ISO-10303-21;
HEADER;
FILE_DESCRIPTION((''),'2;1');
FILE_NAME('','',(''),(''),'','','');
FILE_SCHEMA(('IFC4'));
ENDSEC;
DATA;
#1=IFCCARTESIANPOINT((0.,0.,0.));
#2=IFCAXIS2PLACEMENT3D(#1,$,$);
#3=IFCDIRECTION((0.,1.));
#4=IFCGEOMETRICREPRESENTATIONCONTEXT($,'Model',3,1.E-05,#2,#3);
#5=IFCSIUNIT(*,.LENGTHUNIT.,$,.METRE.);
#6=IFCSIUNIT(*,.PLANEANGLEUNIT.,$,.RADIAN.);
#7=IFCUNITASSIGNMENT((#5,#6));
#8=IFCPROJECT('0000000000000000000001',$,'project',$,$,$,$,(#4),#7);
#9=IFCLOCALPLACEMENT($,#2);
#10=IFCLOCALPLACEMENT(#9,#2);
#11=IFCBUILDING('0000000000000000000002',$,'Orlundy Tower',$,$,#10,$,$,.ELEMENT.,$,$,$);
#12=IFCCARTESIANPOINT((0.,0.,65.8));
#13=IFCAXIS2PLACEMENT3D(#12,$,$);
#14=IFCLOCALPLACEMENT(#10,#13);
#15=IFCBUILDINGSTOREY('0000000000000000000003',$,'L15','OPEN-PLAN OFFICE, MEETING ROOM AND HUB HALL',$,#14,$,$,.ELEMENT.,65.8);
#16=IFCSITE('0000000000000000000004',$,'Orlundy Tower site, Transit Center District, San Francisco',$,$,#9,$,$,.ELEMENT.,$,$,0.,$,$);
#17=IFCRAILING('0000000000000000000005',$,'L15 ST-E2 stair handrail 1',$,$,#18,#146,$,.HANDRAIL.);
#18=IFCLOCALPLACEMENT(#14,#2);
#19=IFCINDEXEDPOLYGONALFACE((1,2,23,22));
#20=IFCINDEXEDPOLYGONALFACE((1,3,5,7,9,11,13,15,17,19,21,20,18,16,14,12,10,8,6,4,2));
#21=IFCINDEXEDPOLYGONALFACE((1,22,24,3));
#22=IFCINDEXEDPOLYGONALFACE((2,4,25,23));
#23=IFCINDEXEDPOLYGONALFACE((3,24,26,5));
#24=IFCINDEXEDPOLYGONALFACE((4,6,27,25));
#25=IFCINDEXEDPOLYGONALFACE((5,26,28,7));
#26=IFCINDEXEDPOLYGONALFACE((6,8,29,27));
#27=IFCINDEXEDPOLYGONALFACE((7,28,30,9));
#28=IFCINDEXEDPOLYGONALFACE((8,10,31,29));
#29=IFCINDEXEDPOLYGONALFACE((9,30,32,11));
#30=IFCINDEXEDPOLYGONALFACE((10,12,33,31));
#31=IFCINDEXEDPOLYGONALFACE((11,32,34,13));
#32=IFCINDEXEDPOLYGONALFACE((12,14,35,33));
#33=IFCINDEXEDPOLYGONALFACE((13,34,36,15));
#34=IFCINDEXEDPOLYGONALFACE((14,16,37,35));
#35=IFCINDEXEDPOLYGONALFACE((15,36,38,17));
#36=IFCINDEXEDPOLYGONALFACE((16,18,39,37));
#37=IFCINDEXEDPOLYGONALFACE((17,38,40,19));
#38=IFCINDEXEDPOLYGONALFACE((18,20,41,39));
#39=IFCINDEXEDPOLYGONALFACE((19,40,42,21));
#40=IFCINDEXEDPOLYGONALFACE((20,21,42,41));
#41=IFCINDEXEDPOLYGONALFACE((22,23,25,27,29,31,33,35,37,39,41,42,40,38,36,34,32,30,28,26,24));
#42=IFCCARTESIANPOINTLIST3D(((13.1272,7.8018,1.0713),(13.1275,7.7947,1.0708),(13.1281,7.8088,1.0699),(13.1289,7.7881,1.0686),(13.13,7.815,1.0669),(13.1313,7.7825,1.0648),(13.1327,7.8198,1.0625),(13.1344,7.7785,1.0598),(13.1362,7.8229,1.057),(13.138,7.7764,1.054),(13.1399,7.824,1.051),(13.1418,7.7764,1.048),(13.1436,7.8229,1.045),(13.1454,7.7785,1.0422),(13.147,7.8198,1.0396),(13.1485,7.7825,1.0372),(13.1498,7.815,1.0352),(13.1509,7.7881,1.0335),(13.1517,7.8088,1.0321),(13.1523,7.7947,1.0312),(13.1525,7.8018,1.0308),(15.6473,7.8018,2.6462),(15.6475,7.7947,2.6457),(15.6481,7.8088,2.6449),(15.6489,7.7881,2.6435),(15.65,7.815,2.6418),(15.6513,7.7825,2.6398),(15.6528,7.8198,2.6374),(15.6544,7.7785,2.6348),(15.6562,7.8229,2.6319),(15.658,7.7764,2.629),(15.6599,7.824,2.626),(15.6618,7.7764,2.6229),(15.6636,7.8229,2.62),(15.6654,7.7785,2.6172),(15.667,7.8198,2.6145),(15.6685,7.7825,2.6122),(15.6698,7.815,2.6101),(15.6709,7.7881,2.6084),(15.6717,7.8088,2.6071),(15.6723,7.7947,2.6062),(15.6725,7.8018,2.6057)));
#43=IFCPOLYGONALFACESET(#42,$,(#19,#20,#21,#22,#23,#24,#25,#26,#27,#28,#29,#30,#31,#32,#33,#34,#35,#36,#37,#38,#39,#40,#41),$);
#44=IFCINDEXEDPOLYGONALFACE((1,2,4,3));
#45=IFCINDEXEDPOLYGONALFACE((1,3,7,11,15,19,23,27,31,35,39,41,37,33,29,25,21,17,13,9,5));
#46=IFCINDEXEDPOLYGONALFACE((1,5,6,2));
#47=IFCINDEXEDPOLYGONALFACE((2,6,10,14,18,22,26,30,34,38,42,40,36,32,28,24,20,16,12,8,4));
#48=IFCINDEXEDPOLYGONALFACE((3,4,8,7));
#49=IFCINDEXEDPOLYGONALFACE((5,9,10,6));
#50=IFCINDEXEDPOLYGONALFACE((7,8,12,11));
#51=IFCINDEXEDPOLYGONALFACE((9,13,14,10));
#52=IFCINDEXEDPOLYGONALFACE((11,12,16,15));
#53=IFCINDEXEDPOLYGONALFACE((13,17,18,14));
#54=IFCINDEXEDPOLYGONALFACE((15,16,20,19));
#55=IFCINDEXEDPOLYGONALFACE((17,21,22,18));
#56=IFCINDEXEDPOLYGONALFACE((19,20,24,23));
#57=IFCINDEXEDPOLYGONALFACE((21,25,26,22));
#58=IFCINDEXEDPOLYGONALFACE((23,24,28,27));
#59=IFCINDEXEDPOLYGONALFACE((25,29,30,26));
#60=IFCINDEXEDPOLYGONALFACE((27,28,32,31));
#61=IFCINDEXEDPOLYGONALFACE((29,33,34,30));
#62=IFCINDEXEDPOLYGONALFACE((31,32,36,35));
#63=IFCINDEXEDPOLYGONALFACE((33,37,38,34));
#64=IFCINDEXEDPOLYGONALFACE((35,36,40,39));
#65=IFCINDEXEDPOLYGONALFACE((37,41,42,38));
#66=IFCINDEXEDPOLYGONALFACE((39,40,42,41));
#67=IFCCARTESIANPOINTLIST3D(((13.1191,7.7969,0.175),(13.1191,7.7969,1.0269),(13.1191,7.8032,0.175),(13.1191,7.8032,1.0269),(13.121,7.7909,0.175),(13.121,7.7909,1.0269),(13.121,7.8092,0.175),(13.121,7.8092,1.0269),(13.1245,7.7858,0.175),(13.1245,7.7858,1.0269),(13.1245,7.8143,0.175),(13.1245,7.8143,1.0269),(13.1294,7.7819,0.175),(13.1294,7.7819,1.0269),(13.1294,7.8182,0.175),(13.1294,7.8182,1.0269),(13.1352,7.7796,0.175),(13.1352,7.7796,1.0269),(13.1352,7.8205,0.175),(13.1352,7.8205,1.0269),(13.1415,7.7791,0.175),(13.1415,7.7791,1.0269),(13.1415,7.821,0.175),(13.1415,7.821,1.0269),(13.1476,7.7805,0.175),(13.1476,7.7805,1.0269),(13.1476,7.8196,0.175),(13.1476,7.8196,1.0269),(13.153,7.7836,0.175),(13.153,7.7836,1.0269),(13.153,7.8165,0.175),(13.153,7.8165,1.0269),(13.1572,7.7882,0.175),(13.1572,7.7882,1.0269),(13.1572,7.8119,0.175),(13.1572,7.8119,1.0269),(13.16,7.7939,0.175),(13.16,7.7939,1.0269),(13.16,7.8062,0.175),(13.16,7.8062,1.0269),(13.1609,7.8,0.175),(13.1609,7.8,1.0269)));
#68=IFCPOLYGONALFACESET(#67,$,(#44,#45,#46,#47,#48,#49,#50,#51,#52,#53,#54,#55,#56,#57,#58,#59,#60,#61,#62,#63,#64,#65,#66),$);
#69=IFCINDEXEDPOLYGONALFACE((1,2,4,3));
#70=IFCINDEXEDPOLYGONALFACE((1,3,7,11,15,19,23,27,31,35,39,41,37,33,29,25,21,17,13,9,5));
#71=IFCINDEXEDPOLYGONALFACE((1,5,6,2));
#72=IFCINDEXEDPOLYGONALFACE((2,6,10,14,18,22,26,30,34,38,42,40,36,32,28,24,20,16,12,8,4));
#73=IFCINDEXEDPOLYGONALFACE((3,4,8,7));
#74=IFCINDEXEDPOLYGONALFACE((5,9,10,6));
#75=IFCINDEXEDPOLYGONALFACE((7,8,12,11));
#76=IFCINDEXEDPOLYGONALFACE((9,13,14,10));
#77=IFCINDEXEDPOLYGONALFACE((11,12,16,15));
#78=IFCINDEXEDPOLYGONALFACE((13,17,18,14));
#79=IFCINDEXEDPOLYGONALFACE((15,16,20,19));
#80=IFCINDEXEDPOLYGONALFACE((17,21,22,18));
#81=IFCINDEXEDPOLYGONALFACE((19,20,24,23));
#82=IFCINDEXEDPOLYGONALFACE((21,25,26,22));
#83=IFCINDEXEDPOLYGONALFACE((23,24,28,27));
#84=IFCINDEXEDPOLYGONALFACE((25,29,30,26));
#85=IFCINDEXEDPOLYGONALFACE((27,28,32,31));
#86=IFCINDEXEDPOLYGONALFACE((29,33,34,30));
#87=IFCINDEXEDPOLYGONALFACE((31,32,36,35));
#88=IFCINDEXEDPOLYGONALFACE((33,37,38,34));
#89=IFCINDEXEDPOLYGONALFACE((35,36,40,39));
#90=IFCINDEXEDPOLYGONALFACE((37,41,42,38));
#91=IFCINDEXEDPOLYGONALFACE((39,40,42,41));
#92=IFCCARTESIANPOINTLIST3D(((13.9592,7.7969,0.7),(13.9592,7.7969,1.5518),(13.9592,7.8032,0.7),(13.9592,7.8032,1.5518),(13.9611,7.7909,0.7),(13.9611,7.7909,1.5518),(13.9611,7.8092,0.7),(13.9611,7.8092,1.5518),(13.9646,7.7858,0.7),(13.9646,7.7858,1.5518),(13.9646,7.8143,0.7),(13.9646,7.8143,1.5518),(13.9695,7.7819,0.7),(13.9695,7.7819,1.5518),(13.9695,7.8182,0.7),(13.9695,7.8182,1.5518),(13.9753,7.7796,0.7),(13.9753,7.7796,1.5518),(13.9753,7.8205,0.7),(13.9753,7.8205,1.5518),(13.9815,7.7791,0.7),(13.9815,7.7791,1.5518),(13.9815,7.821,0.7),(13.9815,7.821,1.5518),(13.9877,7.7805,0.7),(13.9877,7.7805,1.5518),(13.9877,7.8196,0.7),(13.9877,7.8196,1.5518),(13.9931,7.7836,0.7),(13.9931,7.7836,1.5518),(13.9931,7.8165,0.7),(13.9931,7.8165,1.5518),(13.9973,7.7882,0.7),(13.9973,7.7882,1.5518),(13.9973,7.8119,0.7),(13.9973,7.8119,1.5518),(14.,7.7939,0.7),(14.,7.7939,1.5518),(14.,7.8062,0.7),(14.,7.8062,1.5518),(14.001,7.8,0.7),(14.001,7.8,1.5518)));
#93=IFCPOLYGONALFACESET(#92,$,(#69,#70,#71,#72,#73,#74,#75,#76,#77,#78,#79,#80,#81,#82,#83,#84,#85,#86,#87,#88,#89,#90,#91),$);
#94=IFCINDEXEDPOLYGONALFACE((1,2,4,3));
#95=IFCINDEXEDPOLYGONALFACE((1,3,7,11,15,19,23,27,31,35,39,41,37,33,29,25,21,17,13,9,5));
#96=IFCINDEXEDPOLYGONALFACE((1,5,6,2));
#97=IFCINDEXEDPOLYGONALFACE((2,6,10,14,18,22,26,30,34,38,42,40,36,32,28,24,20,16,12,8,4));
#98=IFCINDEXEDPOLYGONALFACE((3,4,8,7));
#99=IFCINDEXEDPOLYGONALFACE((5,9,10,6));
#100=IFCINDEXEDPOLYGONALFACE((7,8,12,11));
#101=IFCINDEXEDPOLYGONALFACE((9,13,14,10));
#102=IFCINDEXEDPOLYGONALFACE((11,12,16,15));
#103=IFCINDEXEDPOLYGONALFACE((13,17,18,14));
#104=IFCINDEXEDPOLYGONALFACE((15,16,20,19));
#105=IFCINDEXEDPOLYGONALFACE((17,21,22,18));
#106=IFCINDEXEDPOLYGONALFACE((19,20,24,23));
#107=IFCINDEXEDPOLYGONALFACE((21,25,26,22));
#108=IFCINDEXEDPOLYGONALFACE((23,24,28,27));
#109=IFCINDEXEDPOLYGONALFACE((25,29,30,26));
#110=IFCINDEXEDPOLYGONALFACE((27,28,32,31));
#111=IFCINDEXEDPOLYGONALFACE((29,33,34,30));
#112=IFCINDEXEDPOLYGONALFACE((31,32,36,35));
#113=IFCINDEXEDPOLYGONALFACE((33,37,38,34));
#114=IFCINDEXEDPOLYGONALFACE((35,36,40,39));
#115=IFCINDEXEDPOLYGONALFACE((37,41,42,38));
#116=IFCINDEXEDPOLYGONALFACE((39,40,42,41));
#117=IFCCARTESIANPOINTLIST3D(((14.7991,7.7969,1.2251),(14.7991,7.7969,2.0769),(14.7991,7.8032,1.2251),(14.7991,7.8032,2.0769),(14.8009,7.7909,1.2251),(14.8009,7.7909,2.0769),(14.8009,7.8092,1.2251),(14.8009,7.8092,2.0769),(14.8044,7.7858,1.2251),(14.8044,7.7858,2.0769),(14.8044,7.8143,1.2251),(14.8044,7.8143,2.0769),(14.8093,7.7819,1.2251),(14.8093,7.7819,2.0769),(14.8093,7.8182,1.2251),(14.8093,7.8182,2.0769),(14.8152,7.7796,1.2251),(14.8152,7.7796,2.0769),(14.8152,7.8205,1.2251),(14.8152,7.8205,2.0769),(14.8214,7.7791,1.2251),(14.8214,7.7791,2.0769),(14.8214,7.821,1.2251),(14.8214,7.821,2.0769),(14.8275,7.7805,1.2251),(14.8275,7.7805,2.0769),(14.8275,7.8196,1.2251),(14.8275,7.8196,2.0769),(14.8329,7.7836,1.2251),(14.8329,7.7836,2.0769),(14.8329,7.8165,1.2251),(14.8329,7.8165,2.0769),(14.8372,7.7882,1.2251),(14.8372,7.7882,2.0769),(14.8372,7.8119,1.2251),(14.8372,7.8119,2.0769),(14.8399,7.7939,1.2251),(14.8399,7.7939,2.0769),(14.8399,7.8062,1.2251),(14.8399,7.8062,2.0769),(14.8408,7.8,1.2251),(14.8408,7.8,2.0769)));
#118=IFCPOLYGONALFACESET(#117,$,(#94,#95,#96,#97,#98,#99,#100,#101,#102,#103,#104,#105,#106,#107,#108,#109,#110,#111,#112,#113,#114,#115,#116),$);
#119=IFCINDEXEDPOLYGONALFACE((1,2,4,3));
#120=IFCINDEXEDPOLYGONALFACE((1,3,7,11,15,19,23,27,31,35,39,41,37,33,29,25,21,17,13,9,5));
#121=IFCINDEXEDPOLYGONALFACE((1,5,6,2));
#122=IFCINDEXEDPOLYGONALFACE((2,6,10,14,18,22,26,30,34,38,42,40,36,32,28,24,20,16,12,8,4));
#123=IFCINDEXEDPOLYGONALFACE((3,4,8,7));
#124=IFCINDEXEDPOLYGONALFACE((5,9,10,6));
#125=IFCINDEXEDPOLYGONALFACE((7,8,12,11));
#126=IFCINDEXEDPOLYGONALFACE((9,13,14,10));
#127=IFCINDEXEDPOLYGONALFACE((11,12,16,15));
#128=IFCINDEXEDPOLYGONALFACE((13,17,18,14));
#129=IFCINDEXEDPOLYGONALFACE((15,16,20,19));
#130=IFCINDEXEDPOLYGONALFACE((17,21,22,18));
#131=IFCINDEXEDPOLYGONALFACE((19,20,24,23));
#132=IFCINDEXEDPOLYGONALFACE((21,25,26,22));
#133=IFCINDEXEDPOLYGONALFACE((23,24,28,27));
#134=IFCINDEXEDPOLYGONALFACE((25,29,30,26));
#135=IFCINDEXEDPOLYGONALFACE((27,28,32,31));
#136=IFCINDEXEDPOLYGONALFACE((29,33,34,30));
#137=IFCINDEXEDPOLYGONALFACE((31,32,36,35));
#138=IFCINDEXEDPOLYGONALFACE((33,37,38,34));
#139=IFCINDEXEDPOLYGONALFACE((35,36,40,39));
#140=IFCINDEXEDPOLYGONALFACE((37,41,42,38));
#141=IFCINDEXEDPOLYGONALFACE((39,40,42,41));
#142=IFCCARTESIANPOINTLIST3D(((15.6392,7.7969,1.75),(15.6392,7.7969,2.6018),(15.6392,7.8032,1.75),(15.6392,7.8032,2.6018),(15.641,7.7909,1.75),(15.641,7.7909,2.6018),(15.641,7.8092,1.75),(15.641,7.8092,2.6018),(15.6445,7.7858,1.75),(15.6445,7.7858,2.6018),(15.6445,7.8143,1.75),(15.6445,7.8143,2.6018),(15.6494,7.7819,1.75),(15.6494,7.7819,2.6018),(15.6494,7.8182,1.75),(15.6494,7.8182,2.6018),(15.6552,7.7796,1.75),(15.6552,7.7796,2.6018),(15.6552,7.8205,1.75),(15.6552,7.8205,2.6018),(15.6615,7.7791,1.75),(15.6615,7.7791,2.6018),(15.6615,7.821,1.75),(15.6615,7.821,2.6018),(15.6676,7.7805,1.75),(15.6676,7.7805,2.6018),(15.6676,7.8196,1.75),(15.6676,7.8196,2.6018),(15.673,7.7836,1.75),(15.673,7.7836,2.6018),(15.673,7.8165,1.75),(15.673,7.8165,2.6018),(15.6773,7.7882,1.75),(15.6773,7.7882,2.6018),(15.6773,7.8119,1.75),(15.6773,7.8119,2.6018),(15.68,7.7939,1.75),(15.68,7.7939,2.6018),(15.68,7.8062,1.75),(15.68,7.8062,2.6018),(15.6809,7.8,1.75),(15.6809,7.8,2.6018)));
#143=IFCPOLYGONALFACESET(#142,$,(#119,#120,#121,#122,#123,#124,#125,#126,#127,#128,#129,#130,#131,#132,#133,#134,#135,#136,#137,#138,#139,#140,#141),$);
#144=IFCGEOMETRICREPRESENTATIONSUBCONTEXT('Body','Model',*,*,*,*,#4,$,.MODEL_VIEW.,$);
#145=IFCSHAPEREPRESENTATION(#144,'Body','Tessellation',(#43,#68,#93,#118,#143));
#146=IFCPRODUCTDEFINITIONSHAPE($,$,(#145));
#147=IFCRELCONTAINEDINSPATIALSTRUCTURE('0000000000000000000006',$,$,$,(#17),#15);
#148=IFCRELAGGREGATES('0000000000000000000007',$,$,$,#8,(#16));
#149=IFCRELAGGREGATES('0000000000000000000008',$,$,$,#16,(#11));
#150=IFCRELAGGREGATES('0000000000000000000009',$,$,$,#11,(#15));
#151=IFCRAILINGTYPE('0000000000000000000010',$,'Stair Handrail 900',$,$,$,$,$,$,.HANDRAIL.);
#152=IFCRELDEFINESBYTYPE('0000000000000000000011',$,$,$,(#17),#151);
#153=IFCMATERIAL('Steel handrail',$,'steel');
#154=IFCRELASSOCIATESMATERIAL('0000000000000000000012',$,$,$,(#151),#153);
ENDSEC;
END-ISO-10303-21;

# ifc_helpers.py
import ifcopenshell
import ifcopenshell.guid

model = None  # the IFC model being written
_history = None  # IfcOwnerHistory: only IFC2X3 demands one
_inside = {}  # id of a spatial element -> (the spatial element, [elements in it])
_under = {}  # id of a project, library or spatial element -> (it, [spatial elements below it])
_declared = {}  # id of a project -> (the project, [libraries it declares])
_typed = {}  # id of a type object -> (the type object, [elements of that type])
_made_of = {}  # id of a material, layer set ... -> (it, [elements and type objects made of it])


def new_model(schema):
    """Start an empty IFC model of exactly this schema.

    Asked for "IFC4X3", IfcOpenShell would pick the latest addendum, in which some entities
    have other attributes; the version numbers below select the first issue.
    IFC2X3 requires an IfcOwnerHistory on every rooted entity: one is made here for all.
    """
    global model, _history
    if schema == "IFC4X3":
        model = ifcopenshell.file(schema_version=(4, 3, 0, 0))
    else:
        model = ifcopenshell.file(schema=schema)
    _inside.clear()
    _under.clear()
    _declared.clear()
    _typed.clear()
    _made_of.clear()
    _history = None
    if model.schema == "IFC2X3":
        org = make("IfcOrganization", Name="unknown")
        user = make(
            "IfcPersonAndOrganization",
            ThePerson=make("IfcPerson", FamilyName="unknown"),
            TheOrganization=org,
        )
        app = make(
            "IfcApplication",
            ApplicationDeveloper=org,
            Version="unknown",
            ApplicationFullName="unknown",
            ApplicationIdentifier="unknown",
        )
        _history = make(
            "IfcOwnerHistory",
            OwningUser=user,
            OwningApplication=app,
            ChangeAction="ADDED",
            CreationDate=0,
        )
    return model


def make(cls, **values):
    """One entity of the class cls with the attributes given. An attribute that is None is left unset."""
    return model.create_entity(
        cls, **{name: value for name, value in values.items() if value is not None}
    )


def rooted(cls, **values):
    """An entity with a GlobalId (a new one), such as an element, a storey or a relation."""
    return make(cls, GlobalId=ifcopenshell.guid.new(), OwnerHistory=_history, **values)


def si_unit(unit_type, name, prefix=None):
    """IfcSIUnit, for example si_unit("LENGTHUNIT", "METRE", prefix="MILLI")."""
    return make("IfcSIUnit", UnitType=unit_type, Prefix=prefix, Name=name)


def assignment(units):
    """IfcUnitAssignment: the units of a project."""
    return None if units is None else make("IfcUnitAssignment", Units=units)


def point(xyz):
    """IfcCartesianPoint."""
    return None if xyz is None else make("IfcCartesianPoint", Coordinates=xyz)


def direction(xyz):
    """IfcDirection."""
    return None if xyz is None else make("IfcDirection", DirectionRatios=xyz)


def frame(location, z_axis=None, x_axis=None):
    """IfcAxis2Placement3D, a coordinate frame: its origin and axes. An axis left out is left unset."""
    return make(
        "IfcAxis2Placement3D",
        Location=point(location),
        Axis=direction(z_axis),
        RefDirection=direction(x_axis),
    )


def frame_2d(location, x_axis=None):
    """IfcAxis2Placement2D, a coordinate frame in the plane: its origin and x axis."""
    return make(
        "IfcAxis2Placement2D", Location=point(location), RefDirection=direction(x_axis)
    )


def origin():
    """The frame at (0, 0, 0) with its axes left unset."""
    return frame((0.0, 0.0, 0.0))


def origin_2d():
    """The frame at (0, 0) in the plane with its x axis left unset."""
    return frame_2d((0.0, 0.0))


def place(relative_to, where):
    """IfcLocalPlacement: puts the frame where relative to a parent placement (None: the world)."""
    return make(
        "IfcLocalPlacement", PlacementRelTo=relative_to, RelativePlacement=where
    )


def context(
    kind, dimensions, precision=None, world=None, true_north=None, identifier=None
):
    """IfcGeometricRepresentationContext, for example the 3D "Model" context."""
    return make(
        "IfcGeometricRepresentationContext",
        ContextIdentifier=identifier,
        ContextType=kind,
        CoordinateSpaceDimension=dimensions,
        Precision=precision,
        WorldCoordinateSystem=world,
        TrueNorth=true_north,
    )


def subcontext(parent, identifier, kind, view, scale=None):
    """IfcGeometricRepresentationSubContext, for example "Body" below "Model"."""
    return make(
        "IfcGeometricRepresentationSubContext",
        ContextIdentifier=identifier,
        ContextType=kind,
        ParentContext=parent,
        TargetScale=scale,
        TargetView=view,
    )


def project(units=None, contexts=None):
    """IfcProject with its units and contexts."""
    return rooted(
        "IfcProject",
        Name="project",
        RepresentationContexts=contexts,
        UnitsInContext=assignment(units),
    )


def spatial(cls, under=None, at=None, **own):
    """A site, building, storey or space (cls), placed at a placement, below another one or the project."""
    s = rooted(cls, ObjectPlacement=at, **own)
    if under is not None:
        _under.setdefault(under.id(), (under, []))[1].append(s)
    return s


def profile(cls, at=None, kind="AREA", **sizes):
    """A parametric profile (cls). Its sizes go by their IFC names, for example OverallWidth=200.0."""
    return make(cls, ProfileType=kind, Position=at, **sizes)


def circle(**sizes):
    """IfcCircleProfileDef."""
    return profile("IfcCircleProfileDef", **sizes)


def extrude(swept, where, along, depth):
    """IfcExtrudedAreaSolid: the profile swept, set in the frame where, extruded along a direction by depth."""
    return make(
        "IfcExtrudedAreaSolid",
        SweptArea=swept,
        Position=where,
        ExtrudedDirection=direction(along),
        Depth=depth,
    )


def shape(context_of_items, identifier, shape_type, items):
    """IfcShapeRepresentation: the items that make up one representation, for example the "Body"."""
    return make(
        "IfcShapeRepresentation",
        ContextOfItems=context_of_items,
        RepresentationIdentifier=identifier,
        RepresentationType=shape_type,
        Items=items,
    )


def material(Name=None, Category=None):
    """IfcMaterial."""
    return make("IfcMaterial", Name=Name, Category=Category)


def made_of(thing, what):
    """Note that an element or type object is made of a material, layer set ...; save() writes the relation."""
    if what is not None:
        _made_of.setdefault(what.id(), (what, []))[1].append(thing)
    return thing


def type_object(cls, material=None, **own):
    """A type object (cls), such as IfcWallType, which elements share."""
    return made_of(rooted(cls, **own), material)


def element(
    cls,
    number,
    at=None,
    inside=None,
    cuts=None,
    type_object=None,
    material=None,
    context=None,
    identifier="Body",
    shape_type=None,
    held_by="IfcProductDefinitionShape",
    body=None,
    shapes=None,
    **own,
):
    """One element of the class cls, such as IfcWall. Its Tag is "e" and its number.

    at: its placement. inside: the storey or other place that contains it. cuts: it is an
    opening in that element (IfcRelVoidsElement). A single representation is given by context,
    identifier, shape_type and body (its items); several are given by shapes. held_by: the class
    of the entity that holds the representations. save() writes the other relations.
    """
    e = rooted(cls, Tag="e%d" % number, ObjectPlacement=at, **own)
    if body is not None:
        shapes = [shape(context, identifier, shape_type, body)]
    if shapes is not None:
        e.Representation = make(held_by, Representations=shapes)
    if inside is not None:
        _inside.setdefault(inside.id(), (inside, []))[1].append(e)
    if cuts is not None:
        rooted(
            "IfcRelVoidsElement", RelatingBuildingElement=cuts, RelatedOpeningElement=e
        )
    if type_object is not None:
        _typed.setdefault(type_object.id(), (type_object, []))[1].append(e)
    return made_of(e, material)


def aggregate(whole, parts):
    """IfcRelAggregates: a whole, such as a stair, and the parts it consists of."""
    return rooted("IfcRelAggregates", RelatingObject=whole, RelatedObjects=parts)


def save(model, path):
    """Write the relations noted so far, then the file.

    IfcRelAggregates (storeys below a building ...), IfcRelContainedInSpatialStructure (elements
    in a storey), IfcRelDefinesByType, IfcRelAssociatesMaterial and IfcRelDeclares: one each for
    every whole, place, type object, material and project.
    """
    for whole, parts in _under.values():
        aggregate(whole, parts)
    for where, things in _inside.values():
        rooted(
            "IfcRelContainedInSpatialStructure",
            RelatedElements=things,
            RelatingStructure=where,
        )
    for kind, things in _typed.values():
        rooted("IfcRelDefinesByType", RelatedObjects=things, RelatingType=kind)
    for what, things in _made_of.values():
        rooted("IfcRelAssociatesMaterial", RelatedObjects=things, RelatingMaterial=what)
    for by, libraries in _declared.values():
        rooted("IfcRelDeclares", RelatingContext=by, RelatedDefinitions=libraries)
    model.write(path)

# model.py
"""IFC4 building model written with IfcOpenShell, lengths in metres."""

from ifc_helpers import new_model, si_unit, direction, frame, origin, origin_2d, place, context, subcontext, project, spatial, circle, extrude, material, type_object, element, save


model = new_model("IFC4")

# Units and contexts
model_context = context("Model", 3, precision=1e-05, world=origin(), true_north=direction((0.0, 1.0)))
body_context = subcontext(model_context, "Body", "Model", "MODEL_VIEW")
ifc_project = project(units=[si_unit("LENGTHUNIT", "METRE"), si_unit("PLANEANGLEUNIT", "RADIAN")], contexts=[model_context])

# Site, building, storey
site_placement = place(None, origin())
site = spatial("IfcSite", under=ifc_project, at=site_placement, Name="Orlundy Tower site, Transit Center District, San Francisco", CompositionType="ELEMENT", RefElevation=0.0)
building_placement = place(site_placement, origin())
building = spatial("IfcBuilding", under=site, at=building_placement, Name="Orlundy Tower", CompositionType="ELEMENT")
storey_placement = place(building_placement, frame((0.0, 0.0, 65.8)))
storey = spatial("IfcBuildingStorey", under=building, at=storey_placement, Name="L15", Description="OPEN-PLAN OFFICE, MEETING ROOM AND HUB HALL", CompositionType="ELEMENT", Elevation=65.8)

# Railing
ifc_material_1 = material(Name="Steel handrail", Category="steel")
railing_type_1 = type_object("IfcRailingType", Name="Stair Handrail 900", PredefinedType="HANDRAIL", material=ifc_material_1)
railing_1_placement = place(storey_placement, frame((13.1399, 7.8, 0.175)))
element("IfcRailing", 1, at=railing_1_placement, inside=storey, type_object=railing_type_1, Name="L15 ST-E2 stair handrail 1", PredefinedType="HANDRAIL", context=body_context, shape_type="SweptSolid", body=[
    extrude(circle(Radius=0.0239, at=origin_2d()), frame((0.0, 0.0, 0.876), z_axis=(0.848008, 0.0, 0.529984), x_axis=(0.0, 1.0, 0.0)), (0.0, 0.0, 1.0), 2.9717),
    extrude(circle(Radius=0.021, at=origin_2d()), origin(), (0.0, 0.0, 1.0), 0.8518),
    extrude(circle(Radius=0.021, at=origin_2d()), frame((0.8401, 0.0, 0.5249)), (0.0, 0.0, 1.0), 0.8518),
    extrude(circle(Radius=0.021, at=origin_2d()), frame((1.6799, 0.0, 1.05)), (0.0, 0.0, 1.0), 0.8518),
    extrude(circle(Radius=0.021, at=origin_2d()), frame((2.52, 0.0, 1.575)), (0.0, 0.0, 1.0), 0.8518),
])

save(model, "model.ifc")
